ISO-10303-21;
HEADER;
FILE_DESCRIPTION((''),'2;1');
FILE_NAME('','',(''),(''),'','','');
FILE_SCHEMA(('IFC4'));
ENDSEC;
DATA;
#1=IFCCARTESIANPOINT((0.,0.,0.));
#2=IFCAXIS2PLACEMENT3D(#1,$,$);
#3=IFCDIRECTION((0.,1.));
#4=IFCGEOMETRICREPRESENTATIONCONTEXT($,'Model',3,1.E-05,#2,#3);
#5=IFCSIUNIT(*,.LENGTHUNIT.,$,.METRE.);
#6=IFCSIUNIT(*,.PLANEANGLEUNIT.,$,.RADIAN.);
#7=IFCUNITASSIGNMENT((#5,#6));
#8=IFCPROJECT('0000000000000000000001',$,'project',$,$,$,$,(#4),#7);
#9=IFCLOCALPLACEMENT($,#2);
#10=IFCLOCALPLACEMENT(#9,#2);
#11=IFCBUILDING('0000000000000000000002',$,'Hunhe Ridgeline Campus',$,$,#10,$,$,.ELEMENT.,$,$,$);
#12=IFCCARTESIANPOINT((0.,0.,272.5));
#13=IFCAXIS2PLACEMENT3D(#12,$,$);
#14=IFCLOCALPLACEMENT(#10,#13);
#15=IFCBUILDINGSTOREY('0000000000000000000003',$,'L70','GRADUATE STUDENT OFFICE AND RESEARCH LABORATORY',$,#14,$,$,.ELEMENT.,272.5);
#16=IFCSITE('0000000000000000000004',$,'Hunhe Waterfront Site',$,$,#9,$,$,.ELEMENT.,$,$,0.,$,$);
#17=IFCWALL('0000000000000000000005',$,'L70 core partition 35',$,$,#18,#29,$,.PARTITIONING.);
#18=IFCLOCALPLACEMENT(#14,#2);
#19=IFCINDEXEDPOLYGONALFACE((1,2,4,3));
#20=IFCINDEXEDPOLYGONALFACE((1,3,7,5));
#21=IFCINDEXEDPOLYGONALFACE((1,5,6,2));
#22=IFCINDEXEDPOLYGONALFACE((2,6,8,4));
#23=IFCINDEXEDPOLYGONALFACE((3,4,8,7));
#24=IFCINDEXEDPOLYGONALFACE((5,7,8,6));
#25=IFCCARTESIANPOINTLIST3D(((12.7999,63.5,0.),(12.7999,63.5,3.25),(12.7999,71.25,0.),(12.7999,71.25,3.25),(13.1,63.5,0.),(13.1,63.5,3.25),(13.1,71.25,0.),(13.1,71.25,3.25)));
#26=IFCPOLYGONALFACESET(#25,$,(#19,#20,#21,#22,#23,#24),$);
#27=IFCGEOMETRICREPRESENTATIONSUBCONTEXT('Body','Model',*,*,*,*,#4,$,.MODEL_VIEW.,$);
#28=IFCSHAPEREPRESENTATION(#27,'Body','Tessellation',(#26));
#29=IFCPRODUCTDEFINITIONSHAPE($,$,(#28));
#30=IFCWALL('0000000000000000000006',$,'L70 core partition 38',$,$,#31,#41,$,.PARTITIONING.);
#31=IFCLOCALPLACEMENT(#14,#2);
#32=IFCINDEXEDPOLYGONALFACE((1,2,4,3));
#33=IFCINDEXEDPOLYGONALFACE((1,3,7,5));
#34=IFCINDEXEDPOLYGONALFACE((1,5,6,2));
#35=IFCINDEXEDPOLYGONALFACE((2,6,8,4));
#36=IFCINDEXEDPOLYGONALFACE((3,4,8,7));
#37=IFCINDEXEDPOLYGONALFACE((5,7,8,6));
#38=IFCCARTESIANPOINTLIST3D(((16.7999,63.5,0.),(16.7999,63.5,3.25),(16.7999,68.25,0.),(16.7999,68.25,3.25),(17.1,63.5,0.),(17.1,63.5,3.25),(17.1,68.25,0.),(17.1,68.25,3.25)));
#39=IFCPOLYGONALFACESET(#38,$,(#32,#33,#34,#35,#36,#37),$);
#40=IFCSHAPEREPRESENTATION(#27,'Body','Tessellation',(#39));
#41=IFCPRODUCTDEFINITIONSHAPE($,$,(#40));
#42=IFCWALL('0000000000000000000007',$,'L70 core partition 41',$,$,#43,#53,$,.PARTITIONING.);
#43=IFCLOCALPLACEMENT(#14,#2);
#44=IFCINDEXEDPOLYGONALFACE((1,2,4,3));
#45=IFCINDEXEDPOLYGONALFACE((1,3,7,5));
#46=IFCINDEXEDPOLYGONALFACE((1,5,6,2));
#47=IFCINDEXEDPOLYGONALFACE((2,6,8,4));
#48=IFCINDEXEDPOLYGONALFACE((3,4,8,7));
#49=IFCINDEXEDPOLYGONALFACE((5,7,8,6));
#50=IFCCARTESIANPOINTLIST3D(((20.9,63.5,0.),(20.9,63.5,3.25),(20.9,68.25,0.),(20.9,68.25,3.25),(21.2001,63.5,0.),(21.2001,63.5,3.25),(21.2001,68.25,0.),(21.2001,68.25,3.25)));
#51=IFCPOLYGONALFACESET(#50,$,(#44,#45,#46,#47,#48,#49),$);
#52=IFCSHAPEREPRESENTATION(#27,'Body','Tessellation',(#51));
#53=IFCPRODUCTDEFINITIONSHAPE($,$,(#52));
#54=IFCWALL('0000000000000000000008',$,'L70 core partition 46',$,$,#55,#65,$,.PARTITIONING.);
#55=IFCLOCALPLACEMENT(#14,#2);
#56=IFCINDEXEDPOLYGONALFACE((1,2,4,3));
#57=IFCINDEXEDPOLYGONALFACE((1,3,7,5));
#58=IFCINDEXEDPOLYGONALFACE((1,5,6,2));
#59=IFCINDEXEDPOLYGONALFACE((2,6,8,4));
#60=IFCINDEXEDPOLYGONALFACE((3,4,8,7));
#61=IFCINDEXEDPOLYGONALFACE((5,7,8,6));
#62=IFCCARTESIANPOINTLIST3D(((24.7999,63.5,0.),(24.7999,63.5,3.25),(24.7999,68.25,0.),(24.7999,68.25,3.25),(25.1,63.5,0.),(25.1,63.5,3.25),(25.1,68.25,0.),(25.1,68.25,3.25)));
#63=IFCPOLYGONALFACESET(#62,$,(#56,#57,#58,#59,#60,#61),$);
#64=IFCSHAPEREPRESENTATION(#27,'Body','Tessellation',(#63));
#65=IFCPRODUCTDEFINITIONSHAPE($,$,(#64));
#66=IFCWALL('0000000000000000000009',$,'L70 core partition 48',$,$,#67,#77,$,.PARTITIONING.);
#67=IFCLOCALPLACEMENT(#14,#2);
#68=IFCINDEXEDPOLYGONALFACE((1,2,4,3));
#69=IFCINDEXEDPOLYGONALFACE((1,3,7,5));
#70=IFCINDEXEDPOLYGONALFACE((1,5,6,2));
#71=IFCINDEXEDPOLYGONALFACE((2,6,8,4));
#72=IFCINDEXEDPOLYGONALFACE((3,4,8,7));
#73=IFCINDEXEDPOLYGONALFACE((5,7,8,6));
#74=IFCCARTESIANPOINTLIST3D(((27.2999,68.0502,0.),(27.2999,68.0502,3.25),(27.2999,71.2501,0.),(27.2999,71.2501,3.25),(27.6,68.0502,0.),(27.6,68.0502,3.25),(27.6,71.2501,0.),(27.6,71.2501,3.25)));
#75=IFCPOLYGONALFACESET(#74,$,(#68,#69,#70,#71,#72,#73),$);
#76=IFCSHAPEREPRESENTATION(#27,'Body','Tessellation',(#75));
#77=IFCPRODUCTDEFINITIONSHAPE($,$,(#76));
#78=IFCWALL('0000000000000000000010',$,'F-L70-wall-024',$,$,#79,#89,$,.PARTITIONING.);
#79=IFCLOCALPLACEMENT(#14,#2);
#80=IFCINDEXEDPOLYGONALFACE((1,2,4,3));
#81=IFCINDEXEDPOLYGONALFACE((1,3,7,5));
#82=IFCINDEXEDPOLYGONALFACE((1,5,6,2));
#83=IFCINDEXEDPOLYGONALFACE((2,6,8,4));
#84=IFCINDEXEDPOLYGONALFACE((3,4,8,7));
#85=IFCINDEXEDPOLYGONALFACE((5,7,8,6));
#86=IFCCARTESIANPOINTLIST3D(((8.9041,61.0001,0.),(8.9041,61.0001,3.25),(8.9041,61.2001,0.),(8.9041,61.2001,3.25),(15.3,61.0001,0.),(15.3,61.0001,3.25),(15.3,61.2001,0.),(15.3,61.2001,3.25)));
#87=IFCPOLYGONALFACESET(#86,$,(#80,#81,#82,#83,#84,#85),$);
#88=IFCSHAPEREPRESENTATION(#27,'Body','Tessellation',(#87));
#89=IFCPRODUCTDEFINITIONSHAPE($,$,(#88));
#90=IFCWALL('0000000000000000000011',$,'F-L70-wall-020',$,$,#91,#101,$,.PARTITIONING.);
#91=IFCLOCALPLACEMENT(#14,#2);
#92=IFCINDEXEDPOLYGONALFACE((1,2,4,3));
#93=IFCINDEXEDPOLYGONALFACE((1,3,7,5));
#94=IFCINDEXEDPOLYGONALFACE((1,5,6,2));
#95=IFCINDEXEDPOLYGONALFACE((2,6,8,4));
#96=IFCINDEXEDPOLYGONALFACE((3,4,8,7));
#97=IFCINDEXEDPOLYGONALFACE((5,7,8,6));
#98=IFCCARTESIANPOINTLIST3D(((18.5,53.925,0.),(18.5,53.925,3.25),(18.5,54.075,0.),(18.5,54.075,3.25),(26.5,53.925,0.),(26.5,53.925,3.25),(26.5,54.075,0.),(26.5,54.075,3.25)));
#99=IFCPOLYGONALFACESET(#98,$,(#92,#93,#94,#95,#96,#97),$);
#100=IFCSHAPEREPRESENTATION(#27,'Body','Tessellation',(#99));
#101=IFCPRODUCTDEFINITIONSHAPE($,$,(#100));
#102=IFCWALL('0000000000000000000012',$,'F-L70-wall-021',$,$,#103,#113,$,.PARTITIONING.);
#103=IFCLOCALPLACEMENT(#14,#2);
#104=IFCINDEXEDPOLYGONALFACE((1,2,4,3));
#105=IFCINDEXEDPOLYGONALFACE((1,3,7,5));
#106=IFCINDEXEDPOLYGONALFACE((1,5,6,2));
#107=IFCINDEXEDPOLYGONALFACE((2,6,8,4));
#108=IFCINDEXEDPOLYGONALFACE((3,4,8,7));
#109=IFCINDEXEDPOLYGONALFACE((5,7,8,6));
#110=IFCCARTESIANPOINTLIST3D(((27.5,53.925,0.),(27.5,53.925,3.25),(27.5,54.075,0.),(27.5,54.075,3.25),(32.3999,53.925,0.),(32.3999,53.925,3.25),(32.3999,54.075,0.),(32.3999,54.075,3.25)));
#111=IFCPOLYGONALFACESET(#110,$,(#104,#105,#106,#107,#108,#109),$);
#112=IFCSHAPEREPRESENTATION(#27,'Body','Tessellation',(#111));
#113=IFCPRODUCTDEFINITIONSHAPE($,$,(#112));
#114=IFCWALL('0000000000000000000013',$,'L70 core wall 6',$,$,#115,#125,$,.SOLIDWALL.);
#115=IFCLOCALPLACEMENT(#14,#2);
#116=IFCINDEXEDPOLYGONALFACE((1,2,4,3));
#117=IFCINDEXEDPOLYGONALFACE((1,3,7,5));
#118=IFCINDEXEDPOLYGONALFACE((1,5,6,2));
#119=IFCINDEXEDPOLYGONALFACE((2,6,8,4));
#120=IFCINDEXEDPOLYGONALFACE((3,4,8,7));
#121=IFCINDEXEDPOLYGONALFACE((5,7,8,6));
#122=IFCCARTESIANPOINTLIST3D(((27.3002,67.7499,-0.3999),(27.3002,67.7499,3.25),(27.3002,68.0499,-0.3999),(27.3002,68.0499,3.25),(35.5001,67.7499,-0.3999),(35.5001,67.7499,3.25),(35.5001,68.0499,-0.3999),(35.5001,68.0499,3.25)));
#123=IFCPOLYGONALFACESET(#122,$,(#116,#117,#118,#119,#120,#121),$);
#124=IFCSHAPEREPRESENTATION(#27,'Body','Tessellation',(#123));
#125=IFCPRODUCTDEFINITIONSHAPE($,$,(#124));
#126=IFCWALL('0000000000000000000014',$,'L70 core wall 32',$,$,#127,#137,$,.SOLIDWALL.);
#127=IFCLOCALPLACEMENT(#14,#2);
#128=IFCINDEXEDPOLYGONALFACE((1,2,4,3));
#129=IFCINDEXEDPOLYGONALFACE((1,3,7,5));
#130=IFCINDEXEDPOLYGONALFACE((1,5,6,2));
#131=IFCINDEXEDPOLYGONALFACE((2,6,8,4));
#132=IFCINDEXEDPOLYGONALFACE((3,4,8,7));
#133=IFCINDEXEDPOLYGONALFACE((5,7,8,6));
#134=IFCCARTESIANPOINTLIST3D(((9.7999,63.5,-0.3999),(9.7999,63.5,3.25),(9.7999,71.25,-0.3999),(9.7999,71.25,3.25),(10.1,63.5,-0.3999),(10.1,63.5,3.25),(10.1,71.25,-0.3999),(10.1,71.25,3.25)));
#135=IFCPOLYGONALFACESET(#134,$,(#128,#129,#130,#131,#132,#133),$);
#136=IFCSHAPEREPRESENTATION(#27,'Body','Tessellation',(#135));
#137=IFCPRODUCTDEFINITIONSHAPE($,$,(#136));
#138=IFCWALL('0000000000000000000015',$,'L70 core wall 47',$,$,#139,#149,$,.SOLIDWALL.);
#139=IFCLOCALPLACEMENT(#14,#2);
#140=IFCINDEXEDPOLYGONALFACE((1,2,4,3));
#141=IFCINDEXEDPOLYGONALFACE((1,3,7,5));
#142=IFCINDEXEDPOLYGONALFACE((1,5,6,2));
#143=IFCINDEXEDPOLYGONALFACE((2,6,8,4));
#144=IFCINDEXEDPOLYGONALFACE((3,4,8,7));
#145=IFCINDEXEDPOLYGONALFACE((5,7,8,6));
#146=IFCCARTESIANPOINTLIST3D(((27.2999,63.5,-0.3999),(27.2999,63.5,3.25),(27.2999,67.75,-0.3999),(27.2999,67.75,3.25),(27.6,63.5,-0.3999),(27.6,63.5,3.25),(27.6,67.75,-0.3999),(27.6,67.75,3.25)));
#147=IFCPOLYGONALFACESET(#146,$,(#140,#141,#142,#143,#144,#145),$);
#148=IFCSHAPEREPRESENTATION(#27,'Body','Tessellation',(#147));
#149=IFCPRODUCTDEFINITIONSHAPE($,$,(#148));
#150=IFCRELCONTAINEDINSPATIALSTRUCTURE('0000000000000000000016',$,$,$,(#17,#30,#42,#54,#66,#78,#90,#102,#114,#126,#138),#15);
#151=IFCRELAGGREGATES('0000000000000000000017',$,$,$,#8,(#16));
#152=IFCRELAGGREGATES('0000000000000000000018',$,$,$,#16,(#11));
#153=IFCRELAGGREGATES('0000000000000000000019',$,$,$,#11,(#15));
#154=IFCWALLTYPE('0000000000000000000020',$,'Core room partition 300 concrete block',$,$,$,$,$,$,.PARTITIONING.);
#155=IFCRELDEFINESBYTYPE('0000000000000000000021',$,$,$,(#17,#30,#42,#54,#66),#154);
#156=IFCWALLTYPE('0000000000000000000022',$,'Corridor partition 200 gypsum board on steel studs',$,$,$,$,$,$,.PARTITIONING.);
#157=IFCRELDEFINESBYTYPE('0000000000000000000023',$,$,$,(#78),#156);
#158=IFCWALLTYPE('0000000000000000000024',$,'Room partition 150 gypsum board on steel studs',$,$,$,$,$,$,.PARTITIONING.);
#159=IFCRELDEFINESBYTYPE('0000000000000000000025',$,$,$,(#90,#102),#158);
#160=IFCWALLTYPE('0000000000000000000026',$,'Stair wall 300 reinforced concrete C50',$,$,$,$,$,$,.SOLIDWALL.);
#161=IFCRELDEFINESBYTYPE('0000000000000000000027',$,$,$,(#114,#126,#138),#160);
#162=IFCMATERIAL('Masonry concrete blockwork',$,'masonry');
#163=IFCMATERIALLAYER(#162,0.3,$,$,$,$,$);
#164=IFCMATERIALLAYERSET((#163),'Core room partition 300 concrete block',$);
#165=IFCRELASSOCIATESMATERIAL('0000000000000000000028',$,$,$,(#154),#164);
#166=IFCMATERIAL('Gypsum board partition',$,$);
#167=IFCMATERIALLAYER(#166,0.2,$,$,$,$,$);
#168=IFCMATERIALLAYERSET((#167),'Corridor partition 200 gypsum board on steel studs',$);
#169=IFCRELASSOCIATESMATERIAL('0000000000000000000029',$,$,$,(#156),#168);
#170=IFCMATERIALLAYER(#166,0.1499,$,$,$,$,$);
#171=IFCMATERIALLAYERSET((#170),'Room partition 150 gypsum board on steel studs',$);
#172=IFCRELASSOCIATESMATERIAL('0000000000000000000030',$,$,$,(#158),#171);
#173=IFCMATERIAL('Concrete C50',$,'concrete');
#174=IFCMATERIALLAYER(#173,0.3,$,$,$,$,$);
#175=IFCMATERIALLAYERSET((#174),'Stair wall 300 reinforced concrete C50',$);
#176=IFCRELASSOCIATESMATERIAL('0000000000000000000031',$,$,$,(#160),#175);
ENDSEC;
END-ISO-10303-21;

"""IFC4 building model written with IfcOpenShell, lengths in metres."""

from ifc_helpers import new_model, si_unit, direction, frame, frame_2d, origin, place, context, subcontext, project, spatial, rectangle, extrude, material, layer, layer_set, type_object, element, save


model = new_model("IFC4")

# Units and contexts
model_context = context("Model", 3, precision=1e-05, world=origin(), true_north=direction((0.0, 1.0)))
body_context = subcontext(model_context, "Body", "Model", "MODEL_VIEW")
ifc_project = project(units=[si_unit("LENGTHUNIT", "METRE"), si_unit("PLANEANGLEUNIT", "RADIAN")], contexts=[model_context])

# Site, building, storey
site_placement = place(None, origin())
site = spatial("IfcSite", under=ifc_project, at=site_placement, Name="Hunhe Waterfront Site", CompositionType="ELEMENT", RefElevation=0.0)
building_placement = place(site_placement, origin())
building = spatial("IfcBuilding", under=site, at=building_placement, Name="Hunhe Ridgeline Campus", CompositionType="ELEMENT")
storey_placement = place(building_placement, frame((0.0, 0.0, 272.5)))
storey = spatial("IfcBuildingStorey", under=building, at=storey_placement, Name="L70", Description="GRADUATE STUDENT OFFICE AND RESEARCH LABORATORY", CompositionType="ELEMENT", Elevation=272.5)

# Shared definitions
ifc_material_1 = material(Name="Masonry concrete blockwork", Category="masonry")
ifc_layer_1 = layer(ifc_material_1, 0.3)
ifc_layer_set_1 = layer_set([ifc_layer_1], Name="Core room partition 300 concrete block")
wall_type_1 = type_object("IfcWallType", Name="Core room partition 300 concrete block", PredefinedType="PARTITIONING", material=ifc_layer_set_1)

# Walls
wall_1_placement = place(storey_placement, frame((12.95, 63.5, 0.0), z_axis=(0.0, 0.0, 1.0), x_axis=(0.0, 1.0, 0.0)))
element("IfcWall", 1, at=wall_1_placement, inside=storey, type_object=wall_type_1, Name="L70 core partition 35", PredefinedType="PARTITIONING", context=body_context, shape_type="SweptSolid", body=[
    extrude(rectangle(XDim=7.75, YDim=0.3, at=frame_2d((3.875, 0.0))), origin(), (0.0, 0.0, 1.0), 3.25),
])
for number, where, z_axis, x_axis, name in (
    (2, (16.95, 63.5, 0.0), (0.0, 0.0, 1.0), (0.0, 1.0, 0.0), "L70 core partition 38"),
    (3, (21.05, 63.5, 0.0), (0.0, 0.0, 1.0), (0.0, 1.0, 0.0), "L70 core partition 41"),
    (4, (24.95, 63.5, 0.0), (0.0, 0.0, 1.0), (0.0, 1.0, 0.0), "L70 core partition 46"),
):
    element("IfcWall", number, at=place(storey_placement, frame(where, z_axis=z_axis, x_axis=x_axis)), inside=storey, type_object=wall_type_1, Name=name, PredefinedType="PARTITIONING", context=body_context, shape_type="SweptSolid", body=[
        extrude(rectangle(XDim=4.75, YDim=0.3, at=frame_2d((2.375, 0.0))), origin(), (0.0, 0.0, 1.0), 3.25),
    ])
wall_2_placement = place(storey_placement, frame((27.45, 68.05, 0.0), z_axis=(0.0, 0.0, 1.0), x_axis=(0.0, 1.0, 0.0)))
element("IfcWall", 5, at=wall_2_placement, inside=storey, type_object=wall_type_1, Name="L70 core partition 48", PredefinedType="PARTITIONING", context=body_context, shape_type="SweptSolid", body=[
    extrude(rectangle(XDim=3.2, YDim=0.3, at=frame_2d((1.6001, 0.0))), origin(), (0.0, 0.0, 1.0), 3.25),
])
ifc_material_2 = material(Name="Gypsum board partition")
ifc_layer_2 = layer(ifc_material_2, 0.2)
ifc_layer_set_2 = layer_set([ifc_layer_2], Name="Corridor partition 200 gypsum board on steel studs")
wall_type_2 = type_object("IfcWallType", Name="Corridor partition 200 gypsum board on steel studs", PredefinedType="PARTITIONING", material=ifc_layer_set_2)
wall_3_placement = place(storey_placement, frame((15.3, 61.1001, 0.0), z_axis=(0.0, 0.0, 1.0), x_axis=(-1.0, 0.0, 0.0)))
element("IfcWall", 6, at=wall_3_placement, inside=storey, type_object=wall_type_2, Name="F-L70-wall-024", PredefinedType="PARTITIONING", context=body_context, shape_type="SweptSolid", body=[
    extrude(rectangle(XDim=6.396, YDim=0.2, at=frame_2d((3.198, 0.0))), origin(), (0.0, 0.0, 1.0), 3.25),
])

# Walls
ifc_layer_3 = layer(ifc_material_2, 0.1499)
ifc_layer_set_3 = layer_set([ifc_layer_3], Name="Room partition 150 gypsum board on steel studs")
wall_type_3 = type_object("IfcWallType", Name="Room partition 150 gypsum board on steel studs", PredefinedType="PARTITIONING", material=ifc_layer_set_3)
wall_4_placement = place(storey_placement, frame((18.5, 54.0, 0.0), z_axis=(0.0, 0.0, 1.0), x_axis=(1.0, 0.0, 0.0)))
element("IfcWall", 7, at=wall_4_placement, inside=storey, type_object=wall_type_3, Name="F-L70-wall-020", PredefinedType="PARTITIONING", context=body_context, shape_type="SweptSolid", body=[
    extrude(rectangle(XDim=8.0, YDim=0.1499, at=frame_2d((4.0, 0.0))), origin(), (0.0, 0.0, 1.0), 3.25),
])
wall_5_placement = place(storey_placement, frame((27.5, 54.0, 0.0), z_axis=(0.0, 0.0, 1.0), x_axis=(1.0, 0.0, 0.0)))
element("IfcWall", 8, at=wall_5_placement, inside=storey, type_object=wall_type_3, Name="F-L70-wall-021", PredefinedType="PARTITIONING", context=body_context, shape_type="SweptSolid", body=[
    extrude(rectangle(XDim=4.8999, YDim=0.1499, at=frame_2d((2.45, 0.0))), origin(), (0.0, 0.0, 1.0), 3.25),
])
ifc_material_3 = material(Name="Concrete C50", Category="concrete")
ifc_layer_4 = layer(ifc_material_3, 0.3)
ifc_layer_set_4 = layer_set([ifc_layer_4], Name="Stair wall 300 reinforced concrete C50")
wall_type_4 = type_object("IfcWallType", Name="Stair wall 300 reinforced concrete C50", PredefinedType="SOLIDWALL", material=ifc_layer_set_4)
wall_6_placement = place(storey_placement, frame((27.3, 67.8999, -0.3999), z_axis=(0.0, 0.0, 1.0), x_axis=(1.0, 0.0, 0.0)))
element("IfcWall", 9, at=wall_6_placement, inside=storey, type_object=wall_type_4, Name="L70 core wall 6", PredefinedType="SOLIDWALL", context=body_context, shape_type="SweptSolid", body=[
    extrude(rectangle(XDim=8.2, YDim=0.3, at=frame_2d((4.1001, 0.0))), origin(), (0.0, 0.0, 1.0), 3.6499),
])
wall_7_placement = place(storey_placement, frame((9.95, 63.5, -0.3999), z_axis=(0.0, 0.0, 1.0), x_axis=(0.0, 1.0, 0.0)))
element("IfcWall", 10, at=wall_7_placement, inside=storey, type_object=wall_type_4, Name="L70 core wall 32", PredefinedType="SOLIDWALL", context=body_context, shape_type="SweptSolid", body=[
    extrude(rectangle(XDim=7.75, YDim=0.3, at=frame_2d((3.875, 0.0))), origin(), (0.0, 0.0, 1.0), 3.6499),
])
wall_8_placement = place(storey_placement, frame((27.45, 63.5, -0.3999), z_axis=(0.0, 0.0, 1.0), x_axis=(0.0, 1.0, 0.0)))
element("IfcWall", 11, at=wall_8_placement, inside=storey, type_object=wall_type_4, Name="L70 core wall 47", PredefinedType="SOLIDWALL", context=body_context, shape_type="SweptSolid", body=[
    extrude(rectangle(XDim=4.25, YDim=0.3, at=frame_2d((2.125, 0.0))), origin(), (0.0, 0.0, 1.0), 3.6499),
])

save(model, "model.ifc")
